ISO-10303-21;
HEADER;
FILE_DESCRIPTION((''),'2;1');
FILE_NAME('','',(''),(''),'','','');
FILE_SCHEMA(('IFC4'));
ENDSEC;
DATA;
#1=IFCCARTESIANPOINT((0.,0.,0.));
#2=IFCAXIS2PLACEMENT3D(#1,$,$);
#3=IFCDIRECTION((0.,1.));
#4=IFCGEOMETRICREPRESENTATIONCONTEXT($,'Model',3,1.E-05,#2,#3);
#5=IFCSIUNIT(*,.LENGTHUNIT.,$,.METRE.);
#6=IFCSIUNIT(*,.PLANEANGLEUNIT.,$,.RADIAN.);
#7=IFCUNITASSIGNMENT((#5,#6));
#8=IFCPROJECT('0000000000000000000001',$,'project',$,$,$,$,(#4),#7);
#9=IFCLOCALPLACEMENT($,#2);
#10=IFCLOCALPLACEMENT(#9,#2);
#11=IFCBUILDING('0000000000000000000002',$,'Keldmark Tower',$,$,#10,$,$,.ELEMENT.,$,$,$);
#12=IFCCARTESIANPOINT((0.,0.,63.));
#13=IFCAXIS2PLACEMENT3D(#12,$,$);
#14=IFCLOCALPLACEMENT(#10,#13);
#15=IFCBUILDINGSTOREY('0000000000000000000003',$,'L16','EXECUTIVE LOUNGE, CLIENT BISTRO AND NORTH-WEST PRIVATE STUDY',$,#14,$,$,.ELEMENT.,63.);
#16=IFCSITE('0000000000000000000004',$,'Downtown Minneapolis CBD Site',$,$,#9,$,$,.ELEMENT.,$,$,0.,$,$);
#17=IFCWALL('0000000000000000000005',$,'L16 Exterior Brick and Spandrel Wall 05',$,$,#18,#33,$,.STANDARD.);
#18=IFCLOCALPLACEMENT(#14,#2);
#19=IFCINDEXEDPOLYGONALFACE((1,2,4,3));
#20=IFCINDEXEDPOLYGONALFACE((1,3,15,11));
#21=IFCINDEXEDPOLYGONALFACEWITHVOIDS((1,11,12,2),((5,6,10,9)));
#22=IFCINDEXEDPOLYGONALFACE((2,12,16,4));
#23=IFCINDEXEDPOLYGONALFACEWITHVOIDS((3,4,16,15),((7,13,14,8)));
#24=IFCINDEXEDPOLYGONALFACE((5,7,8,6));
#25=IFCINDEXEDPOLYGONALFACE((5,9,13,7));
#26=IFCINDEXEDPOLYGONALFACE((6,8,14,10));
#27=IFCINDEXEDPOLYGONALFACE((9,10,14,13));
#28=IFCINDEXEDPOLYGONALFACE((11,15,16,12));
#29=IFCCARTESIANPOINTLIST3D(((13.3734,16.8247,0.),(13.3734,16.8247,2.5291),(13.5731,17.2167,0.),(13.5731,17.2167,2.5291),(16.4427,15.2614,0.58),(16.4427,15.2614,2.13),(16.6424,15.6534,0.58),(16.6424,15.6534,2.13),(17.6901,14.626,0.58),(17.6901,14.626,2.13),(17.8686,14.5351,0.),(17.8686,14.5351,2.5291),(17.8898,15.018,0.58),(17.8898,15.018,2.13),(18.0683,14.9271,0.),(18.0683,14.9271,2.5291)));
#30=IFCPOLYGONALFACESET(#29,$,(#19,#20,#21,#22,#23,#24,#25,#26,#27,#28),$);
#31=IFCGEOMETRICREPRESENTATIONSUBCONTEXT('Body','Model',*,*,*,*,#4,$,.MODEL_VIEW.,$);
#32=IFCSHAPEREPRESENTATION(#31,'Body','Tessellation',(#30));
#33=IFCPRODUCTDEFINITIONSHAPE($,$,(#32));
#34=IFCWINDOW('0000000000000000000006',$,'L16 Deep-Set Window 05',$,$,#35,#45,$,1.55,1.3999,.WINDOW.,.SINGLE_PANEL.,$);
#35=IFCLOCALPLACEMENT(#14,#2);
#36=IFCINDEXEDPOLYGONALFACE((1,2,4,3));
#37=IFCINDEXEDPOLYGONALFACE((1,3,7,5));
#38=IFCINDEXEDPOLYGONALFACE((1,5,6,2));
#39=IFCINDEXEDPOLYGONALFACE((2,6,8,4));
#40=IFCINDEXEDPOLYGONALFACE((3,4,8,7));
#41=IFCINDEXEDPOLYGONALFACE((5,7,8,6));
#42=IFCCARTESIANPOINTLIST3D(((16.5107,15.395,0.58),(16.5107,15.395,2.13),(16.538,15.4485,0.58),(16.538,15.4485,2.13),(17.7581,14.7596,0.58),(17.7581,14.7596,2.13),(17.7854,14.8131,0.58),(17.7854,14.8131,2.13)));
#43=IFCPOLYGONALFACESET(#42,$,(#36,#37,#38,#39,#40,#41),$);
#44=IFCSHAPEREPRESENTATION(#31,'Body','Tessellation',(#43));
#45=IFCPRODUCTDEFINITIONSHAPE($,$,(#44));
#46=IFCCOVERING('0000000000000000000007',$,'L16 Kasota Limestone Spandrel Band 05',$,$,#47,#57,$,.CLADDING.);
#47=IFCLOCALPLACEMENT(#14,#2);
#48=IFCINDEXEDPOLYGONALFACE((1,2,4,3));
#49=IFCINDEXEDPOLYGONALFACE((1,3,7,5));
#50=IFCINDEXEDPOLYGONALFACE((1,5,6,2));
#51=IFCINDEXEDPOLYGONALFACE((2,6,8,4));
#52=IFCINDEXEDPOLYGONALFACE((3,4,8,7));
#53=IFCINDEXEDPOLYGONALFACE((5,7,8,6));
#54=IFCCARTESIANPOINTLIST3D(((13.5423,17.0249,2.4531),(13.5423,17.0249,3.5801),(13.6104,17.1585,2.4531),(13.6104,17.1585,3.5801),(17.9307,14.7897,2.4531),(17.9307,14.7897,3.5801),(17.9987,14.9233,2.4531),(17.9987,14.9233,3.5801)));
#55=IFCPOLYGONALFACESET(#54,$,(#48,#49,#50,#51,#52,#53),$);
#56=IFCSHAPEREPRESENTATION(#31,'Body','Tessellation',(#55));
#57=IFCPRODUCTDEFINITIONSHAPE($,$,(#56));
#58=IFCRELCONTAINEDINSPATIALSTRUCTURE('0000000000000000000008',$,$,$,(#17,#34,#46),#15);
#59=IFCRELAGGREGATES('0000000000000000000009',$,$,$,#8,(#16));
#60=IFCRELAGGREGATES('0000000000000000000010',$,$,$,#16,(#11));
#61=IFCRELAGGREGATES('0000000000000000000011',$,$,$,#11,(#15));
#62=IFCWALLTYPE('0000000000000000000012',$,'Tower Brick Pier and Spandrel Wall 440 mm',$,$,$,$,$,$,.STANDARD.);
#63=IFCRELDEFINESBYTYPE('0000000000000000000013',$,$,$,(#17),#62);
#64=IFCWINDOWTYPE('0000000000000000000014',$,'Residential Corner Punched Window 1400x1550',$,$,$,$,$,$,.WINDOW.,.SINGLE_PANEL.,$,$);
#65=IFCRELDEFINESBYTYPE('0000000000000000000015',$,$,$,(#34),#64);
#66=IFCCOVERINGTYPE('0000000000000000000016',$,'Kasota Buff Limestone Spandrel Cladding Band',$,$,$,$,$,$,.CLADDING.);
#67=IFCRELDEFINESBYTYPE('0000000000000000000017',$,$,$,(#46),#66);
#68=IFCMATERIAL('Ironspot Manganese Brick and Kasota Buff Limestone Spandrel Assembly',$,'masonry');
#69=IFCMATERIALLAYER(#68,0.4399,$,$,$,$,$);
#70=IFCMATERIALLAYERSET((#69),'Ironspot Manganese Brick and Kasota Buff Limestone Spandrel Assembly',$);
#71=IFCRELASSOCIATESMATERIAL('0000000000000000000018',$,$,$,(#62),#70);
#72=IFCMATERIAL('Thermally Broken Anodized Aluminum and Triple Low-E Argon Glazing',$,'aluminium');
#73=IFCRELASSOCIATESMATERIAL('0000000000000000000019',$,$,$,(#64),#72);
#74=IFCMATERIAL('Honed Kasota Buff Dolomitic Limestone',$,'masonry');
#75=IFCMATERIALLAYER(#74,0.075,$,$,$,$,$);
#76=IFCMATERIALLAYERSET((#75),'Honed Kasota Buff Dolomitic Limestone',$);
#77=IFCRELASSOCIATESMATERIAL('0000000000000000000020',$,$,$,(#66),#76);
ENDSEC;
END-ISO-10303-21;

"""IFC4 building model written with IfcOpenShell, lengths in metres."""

from ifc_helpers import new_model, si_unit, direction, frame, frame_2d, origin, origin_2d, place, context, subcontext, project, spatial, rectangle, extrude, material, layer, layer_set, type_object, element, fill, save


model = new_model("IFC4")

# Units and contexts
model_context = context("Model", 3, precision=1e-05, world=origin(), true_north=direction((0.0, 1.0)))
body_context = subcontext(model_context, "Body", "Model", "MODEL_VIEW")
ifc_project = project(units=[si_unit("LENGTHUNIT", "METRE"), si_unit("PLANEANGLEUNIT", "RADIAN")], contexts=[model_context])

# Site, building, storey
site_placement = place(None, origin())
site = spatial("IfcSite", under=ifc_project, at=site_placement, Name="Downtown Minneapolis CBD Site", CompositionType="ELEMENT", RefElevation=0.0)
building_placement = place(site_placement, origin())
building = spatial("IfcBuilding", under=site, at=building_placement, Name="Keldmark Tower", CompositionType="ELEMENT")
storey_placement = place(building_placement, frame((0.0, 0.0, 63.0)))
storey = spatial("IfcBuildingStorey", under=building, at=storey_placement, Name="L16", Description="EXECUTIVE LOUNGE, CLIENT BISTRO AND NORTH-WEST PRIVATE STUDY", CompositionType="ELEMENT", Elevation=63.0)

# Wall, opening, window
ifc_material_1 = material(Name="Ironspot Manganese Brick and Kasota Buff Limestone Spandrel Assembly", Category="masonry")
ifc_layer_1 = layer(ifc_material_1, 0.4399)
ifc_layer_set_1 = layer_set([ifc_layer_1], Name="Ironspot Manganese Brick and Kasota Buff Limestone Spandrel Assembly")
wall_type_1 = type_object("IfcWallType", Name="Tower Brick Pier and Spandrel Wall 440 mm", PredefinedType="STANDARD", material=ifc_layer_set_1)
wall_1_placement = place(storey_placement, frame((13.4731, 17.0208, 0.0), z_axis=(0.0, 0.0, 1.0), x_axis=(0.891073, -0.453861, 0.0)))
wall_1 = element("IfcWall", 1, at=wall_1_placement, inside=storey, type_object=wall_type_1, Name="L16 Exterior Brick and Spandrel Wall 05", PredefinedType="STANDARD", context=body_context, shape_type="SweptSolid", body=[
    extrude(rectangle(XDim=5.0447, YDim=0.4399, at=frame_2d((2.5225, 0.0))), origin(), (0.0, 0.0, 1.0), 2.5291),
])
opening_1_placement = place(wall_1_placement, frame((3.4446, 0.0, 0.5801)))
opening_1 = element("IfcOpeningElement", 2, at=opening_1_placement, cuts=wall_1, PredefinedType="OPENING", context=body_context, shape_type="SweptSolid", body=[
    extrude(rectangle(XDim=1.3999, YDim=1.55, at=frame_2d((0.7, 0.7749))), frame((0.0, 0.23, 0.0), z_axis=(0.0, -1.0, 0.0), x_axis=(1.0, 0.0, 0.0)), (0.0, 0.0, 1.0), 0.46),
])
ifc_material_2 = material(Name="Thermally Broken Anodized Aluminum and Triple Low-E Argon Glazing", Category="aluminium")
window_type_1 = type_object("IfcWindowType", Name="Residential Corner Punched Window 1400x1550", PartitioningType="SINGLE_PANEL", PredefinedType="WINDOW", material=ifc_material_2)
window_1_placement = place(opening_1_placement, origin())
window_1 = element("IfcWindow", 3, at=window_1_placement, inside=storey, type_object=window_type_1, Name="L16 Deep-Set Window 05", OverallHeight=1.55, OverallWidth=1.3999, PartitioningType="SINGLE_PANEL", PredefinedType="WINDOW", context=body_context, shape_type="SweptSolid", body=[
    extrude(rectangle(XDim=1.3999, YDim=1.55, at=frame_2d((0.7, 0.7749))), frame((0.0, -0.01, 0.0), z_axis=(0.0, -1.0, 0.0), x_axis=(1.0, 0.0, 0.0)), (0.0, 0.0, 1.0), 0.0601),
])
fill(opening_1, window_1)

# Covering
ifc_material_3 = material(Name="Honed Kasota Buff Dolomitic Limestone", Category="masonry")
ifc_layer_2 = layer(ifc_material_3, 0.075)
ifc_layer_set_2 = layer_set([ifc_layer_2], Name="Honed Kasota Buff Dolomitic Limestone")
covering_type = type_object("IfcCoveringType", Name="Kasota Buff Limestone Spandrel Cladding Band", PredefinedType="CLADDING", material=ifc_layer_set_2)
covering_placement = place(storey_placement, frame((15.7705, 15.9741, 2.4531), z_axis=(0.0, 0.0, 1.0), x_axis=(-0.89107, 0.453866, 0.0)))
element("IfcCovering", 4, at=covering_placement, inside=storey, type_object=covering_type, Name="L16 Kasota Limestone Spandrel Band 05", PredefinedType="CLADDING", context=body_context, shape_type="SweptSolid", body=[
    extrude(rectangle(XDim=4.9248, YDim=0.1499, at=origin_2d()), origin(), (0.0, 0.0, 1.0), 1.127),
])

save(model, "model.ifc")
